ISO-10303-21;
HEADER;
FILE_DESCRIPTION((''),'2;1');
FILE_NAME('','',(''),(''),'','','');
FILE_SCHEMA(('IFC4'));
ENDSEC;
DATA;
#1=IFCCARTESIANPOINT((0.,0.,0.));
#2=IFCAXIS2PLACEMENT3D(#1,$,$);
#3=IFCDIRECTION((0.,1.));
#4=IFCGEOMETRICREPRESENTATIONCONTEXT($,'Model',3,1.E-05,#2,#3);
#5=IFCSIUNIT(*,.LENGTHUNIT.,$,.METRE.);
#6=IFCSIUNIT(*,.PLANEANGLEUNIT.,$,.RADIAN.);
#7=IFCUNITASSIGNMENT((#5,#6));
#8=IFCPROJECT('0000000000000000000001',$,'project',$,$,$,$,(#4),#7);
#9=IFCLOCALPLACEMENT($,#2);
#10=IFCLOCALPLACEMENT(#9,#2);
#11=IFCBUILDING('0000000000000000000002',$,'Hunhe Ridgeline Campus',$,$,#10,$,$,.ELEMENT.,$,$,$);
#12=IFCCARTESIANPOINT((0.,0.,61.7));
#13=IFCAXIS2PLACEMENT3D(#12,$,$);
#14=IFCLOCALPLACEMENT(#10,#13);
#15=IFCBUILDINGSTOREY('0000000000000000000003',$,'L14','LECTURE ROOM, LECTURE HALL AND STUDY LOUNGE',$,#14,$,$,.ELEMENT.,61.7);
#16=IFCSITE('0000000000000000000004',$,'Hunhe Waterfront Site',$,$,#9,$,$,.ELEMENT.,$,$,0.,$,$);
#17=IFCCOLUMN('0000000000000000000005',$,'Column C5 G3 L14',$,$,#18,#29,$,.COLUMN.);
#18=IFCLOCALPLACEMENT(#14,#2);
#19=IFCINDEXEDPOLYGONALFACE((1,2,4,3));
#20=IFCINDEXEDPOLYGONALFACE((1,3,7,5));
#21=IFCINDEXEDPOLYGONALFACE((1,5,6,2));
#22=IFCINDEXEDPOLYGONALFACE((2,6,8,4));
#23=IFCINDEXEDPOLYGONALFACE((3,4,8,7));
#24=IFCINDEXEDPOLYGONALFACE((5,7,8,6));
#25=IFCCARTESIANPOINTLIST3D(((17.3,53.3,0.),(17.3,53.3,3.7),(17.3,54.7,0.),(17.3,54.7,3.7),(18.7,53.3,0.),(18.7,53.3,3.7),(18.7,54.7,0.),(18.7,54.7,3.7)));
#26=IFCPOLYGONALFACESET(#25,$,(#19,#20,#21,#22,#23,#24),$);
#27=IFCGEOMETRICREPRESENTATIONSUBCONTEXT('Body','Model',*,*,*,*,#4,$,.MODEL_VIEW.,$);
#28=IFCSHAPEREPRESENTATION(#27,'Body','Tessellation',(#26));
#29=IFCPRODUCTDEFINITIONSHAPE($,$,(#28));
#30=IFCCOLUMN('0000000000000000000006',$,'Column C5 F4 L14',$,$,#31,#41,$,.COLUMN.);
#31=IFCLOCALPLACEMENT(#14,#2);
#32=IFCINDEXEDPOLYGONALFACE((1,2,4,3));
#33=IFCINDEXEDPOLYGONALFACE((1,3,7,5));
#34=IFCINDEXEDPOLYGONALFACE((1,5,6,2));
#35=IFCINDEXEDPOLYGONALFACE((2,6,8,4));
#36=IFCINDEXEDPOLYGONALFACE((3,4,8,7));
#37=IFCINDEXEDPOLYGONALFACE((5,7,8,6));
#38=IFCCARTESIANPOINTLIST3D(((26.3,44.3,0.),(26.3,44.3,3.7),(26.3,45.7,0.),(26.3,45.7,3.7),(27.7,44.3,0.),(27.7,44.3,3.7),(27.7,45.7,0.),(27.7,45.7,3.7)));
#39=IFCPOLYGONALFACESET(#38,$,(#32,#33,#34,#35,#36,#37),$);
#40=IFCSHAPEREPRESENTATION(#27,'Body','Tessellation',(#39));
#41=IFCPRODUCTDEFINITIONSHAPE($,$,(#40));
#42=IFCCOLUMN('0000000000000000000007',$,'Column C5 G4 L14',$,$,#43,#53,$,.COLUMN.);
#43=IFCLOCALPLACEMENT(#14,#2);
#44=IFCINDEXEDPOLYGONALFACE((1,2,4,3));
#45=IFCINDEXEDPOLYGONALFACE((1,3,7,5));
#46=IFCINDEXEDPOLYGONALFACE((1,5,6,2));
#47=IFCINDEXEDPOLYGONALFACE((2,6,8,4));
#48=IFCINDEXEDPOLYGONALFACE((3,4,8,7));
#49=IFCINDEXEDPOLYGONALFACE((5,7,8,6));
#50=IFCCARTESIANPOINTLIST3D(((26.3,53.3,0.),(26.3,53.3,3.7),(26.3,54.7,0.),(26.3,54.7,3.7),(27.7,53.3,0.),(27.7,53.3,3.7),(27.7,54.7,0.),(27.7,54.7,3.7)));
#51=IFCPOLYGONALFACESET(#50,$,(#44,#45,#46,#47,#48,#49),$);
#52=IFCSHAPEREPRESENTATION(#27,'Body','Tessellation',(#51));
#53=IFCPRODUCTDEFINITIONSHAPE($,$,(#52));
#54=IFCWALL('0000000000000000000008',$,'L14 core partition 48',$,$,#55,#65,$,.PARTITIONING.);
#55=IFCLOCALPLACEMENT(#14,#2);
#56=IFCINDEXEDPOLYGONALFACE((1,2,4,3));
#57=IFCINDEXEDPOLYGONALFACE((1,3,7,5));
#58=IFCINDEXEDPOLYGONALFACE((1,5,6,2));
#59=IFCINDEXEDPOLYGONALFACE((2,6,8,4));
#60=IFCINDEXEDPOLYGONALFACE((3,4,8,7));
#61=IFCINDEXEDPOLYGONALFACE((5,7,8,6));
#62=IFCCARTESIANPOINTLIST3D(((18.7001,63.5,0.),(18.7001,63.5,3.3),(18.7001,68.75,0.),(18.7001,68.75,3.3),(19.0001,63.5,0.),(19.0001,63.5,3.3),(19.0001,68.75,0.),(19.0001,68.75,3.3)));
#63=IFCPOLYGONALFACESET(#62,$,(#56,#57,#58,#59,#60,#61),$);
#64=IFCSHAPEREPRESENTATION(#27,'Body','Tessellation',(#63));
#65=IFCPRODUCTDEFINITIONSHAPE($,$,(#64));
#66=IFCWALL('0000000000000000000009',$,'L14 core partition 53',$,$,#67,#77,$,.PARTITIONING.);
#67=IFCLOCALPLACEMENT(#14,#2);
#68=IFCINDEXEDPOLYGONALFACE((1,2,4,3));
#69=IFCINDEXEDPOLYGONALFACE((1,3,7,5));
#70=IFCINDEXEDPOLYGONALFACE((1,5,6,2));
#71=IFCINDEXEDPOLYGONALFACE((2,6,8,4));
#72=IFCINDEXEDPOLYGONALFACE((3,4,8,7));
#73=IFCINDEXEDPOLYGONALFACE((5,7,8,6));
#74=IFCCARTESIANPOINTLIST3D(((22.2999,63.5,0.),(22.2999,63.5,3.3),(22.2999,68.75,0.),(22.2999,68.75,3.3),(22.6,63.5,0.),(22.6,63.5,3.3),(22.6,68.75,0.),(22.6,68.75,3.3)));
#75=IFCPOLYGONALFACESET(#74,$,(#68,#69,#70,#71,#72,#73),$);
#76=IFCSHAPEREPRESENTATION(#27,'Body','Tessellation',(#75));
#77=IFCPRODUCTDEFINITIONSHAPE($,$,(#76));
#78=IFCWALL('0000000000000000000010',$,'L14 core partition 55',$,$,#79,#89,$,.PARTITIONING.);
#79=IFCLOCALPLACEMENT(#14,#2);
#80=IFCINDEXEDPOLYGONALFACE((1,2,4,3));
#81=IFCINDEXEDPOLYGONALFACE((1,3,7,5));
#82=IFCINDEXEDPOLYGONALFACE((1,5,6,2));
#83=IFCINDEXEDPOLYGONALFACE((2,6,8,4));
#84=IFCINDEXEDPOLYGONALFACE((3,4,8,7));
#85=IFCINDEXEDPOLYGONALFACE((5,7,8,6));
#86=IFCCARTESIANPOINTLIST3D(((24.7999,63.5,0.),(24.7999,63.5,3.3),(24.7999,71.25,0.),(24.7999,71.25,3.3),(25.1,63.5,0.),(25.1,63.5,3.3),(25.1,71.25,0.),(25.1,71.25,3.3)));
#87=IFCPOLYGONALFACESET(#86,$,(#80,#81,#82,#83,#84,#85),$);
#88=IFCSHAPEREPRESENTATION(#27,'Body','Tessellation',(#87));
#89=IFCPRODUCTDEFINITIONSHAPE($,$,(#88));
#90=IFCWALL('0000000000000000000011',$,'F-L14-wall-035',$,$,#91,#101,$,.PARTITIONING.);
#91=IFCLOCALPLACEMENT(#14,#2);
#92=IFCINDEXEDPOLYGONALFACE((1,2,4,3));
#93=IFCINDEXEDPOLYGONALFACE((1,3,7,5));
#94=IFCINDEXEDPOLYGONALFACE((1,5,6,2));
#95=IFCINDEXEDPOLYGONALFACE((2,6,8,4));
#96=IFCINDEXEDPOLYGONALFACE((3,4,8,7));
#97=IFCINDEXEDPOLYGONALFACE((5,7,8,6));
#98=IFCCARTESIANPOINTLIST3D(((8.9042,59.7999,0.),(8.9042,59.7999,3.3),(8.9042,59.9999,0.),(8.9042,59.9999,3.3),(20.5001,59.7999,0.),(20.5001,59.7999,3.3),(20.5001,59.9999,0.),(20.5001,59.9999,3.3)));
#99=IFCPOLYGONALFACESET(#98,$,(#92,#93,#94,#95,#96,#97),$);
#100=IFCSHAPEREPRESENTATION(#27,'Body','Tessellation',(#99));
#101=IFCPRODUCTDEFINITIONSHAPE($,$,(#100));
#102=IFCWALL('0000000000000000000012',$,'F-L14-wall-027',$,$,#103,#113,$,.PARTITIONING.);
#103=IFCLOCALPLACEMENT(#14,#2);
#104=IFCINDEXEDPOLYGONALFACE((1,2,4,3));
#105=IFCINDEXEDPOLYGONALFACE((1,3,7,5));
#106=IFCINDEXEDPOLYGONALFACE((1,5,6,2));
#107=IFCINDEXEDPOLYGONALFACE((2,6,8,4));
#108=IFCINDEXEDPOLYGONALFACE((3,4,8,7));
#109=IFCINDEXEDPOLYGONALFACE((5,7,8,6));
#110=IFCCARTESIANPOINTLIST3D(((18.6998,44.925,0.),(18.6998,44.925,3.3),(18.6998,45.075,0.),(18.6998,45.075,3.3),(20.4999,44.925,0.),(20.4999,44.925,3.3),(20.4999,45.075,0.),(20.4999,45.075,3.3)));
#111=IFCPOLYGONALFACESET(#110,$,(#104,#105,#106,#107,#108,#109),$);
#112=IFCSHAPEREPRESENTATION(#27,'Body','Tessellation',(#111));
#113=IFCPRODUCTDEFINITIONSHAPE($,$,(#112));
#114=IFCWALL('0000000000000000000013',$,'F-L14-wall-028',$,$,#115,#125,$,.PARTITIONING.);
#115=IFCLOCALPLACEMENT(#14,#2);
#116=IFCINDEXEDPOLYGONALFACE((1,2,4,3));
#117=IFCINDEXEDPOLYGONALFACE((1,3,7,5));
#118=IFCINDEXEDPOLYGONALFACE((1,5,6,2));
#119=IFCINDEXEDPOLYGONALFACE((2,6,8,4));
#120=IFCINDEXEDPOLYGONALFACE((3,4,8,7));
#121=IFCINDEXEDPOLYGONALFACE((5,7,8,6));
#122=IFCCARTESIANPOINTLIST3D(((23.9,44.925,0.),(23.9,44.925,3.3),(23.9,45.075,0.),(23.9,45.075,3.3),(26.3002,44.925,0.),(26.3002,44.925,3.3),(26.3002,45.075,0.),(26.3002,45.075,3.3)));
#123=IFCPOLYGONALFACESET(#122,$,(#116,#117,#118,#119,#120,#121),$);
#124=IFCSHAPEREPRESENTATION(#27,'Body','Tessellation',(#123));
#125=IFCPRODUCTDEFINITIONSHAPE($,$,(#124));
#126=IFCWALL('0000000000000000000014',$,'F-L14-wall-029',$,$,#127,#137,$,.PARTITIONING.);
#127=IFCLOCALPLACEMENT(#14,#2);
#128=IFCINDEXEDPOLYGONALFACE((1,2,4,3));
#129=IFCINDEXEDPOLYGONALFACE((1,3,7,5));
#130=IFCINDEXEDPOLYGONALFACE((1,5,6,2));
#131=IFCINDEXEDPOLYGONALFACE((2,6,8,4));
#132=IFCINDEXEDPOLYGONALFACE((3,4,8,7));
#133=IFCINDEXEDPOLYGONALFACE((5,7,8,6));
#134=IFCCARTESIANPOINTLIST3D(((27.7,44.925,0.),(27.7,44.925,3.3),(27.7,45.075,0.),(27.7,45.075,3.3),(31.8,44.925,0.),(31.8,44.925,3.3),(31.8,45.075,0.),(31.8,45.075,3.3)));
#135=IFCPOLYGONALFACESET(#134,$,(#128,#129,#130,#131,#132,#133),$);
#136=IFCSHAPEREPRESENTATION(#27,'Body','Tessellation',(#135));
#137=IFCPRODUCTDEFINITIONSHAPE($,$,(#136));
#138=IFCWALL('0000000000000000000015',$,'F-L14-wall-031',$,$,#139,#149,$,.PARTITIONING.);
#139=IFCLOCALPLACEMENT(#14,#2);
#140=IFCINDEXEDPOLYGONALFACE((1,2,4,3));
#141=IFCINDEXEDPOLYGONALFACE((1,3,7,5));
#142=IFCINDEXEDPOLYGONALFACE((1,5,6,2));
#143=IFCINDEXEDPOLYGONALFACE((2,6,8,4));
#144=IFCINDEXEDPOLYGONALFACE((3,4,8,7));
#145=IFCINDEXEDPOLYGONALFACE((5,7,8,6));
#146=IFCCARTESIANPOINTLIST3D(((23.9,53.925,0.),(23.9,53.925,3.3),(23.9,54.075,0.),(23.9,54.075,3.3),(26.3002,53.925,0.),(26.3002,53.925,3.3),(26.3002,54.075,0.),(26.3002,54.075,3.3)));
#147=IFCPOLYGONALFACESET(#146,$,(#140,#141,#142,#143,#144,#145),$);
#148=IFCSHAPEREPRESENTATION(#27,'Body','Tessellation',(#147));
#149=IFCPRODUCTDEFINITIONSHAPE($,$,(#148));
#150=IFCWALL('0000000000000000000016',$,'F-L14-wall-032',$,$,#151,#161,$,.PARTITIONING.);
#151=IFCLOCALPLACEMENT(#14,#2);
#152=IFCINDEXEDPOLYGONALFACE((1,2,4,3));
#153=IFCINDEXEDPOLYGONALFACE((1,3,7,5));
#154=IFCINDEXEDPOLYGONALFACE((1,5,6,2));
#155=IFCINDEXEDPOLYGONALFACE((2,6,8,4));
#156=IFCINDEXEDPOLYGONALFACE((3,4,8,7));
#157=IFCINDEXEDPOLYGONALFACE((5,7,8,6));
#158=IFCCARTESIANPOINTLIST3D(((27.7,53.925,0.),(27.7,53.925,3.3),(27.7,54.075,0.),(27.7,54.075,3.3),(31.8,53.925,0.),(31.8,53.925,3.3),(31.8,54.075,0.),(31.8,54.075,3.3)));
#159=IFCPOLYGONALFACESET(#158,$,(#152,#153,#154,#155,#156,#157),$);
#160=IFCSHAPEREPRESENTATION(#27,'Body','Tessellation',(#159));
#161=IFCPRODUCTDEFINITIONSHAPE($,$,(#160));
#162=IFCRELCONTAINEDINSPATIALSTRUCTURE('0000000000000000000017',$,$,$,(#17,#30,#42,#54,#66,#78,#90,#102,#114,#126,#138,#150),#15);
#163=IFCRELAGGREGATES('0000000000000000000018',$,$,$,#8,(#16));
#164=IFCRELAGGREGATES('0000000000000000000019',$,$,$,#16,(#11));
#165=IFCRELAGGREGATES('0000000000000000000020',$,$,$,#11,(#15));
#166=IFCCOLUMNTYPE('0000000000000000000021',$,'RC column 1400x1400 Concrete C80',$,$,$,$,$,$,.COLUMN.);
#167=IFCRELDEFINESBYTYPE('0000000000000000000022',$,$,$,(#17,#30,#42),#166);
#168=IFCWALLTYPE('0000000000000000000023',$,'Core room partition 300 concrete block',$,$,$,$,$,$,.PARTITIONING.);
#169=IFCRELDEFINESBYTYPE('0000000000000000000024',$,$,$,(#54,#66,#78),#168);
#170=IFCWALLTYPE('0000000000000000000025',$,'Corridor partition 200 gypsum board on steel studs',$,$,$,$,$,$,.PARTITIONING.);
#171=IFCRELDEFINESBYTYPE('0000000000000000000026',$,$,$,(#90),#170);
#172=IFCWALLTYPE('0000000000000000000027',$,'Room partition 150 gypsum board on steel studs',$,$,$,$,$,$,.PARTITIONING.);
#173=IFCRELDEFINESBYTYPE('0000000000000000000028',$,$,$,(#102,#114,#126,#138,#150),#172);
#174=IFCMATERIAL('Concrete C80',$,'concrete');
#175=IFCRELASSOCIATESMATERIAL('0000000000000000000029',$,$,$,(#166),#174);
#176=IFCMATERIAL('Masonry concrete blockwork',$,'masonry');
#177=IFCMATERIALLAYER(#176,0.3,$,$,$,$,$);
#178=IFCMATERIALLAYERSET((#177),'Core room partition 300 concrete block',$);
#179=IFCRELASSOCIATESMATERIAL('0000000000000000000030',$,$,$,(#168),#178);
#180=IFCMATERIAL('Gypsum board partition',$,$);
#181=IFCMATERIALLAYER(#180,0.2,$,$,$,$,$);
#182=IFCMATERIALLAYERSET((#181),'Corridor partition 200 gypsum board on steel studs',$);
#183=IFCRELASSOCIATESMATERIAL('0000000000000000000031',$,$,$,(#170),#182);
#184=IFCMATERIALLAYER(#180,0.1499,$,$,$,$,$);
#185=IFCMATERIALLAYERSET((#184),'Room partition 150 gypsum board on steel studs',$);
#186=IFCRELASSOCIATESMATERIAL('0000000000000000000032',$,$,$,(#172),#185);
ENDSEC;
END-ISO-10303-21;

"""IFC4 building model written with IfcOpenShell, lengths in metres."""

from ifc_helpers import new_model, si_unit, direction, frame, frame_2d, origin, origin_2d, place, context, subcontext, project, spatial, rectangle, extrude, material, layer, layer_set, material_profile, profile_set, type_object, element, save


model = new_model("IFC4")

# Units and contexts
model_context = context("Model", 3, precision=1e-05, world=origin(), true_north=direction((0.0, 1.0)))
body_context = subcontext(model_context, "Body", "Model", "MODEL_VIEW")
ifc_project = project(units=[si_unit("LENGTHUNIT", "METRE"), si_unit("PLANEANGLEUNIT", "RADIAN")], contexts=[model_context])

# Site, building, storey
site_placement = place(None, origin())
site = spatial("IfcSite", under=ifc_project, at=site_placement, Name="Hunhe Waterfront Site", CompositionType="ELEMENT", RefElevation=0.0)
building_placement = place(site_placement, origin())
building = spatial("IfcBuilding", under=site, at=building_placement, Name="Hunhe Ridgeline Campus", CompositionType="ELEMENT")
storey_placement = place(building_placement, frame((0.0, 0.0, 61.7)))
storey = spatial("IfcBuildingStorey", under=building, at=storey_placement, Name="L14", Description="LECTURE ROOM, LECTURE HALL AND STUDY LOUNGE", CompositionType="ELEMENT", Elevation=61.7)

# Columns
ifc_material_1 = material(Name="Concrete C80", Category="concrete")
ifc_material_profile = material_profile(ifc_material_1, rectangle(XDim=1.3999, YDim=1.3999, at=origin_2d()))
ifc_profile_set = profile_set([ifc_material_profile], Name="Concrete C80")
column_type = type_object("IfcColumnType", Name="RC column 1400x1400 Concrete C80", PredefinedType="COLUMN", material=ifc_profile_set)
for number, where, z_axis, x_axis, name in (
    (1, (18.0, 54.0, 0.0), (0.0, 0.0, 1.0), (1.0, 0.0, 0.0), "Column C5 G3 L14"),
    (2, (27.0, 45.0, 0.0), (0.0, 0.0, 1.0), (1.0, 0.0, 0.0), "Column C5 F4 L14"),
    (3, (27.0, 54.0, 0.0), (0.0, 0.0, 1.0), (1.0, 0.0, 0.0), "Column C5 G4 L14"),
):
    element("IfcColumn", number, at=place(storey_placement, frame(where, z_axis=z_axis, x_axis=x_axis)), inside=storey, type_object=column_type, Name=name, PredefinedType="COLUMN", context=body_context, shape_type="SweptSolid", body=[
        extrude(rectangle(XDim=1.3999, YDim=1.3999, at=origin_2d()), origin(), (0.0, 0.0, 1.0), 3.7),
    ])

# Walls
ifc_material_2 = material(Name="Masonry concrete blockwork", Category="masonry")
ifc_layer_1 = layer(ifc_material_2, 0.3)
ifc_layer_set_1 = layer_set([ifc_layer_1], Name="Core room partition 300 concrete block")
wall_type_1 = type_object("IfcWallType", Name="Core room partition 300 concrete block", PredefinedType="PARTITIONING", material=ifc_layer_set_1)
for number, where, z_axis, x_axis, name in (
    (4, (18.8501, 63.5, 0.0), (0.0, 0.0, 1.0), (0.0, 1.0, 0.0), "L14 core partition 48"),
    (5, (22.45, 63.5, 0.0), (0.0, 0.0, 1.0), (0.0, 1.0, 0.0), "L14 core partition 53"),
):
    element("IfcWall", number, at=place(storey_placement, frame(where, z_axis=z_axis, x_axis=x_axis)), inside=storey, type_object=wall_type_1, Name=name, PredefinedType="PARTITIONING", context=body_context, shape_type="SweptSolid", body=[
        extrude(rectangle(XDim=5.25, YDim=0.3, at=frame_2d((2.625, 0.0))), origin(), (0.0, 0.0, 1.0), 3.3),
    ])
wall_1_placement = place(storey_placement, frame((24.95, 63.5, 0.0), z_axis=(0.0, 0.0, 1.0), x_axis=(0.0, 1.0, 0.0)))
element("IfcWall", 6, at=wall_1_placement, inside=storey, type_object=wall_type_1, Name="L14 core partition 55", PredefinedType="PARTITIONING", context=body_context, shape_type="SweptSolid", body=[
    extrude(rectangle(XDim=7.75, YDim=0.3, at=frame_2d((3.875, 0.0))), origin(), (0.0, 0.0, 1.0), 3.3),
])
ifc_material_3 = material(Name="Gypsum board partition")
ifc_layer_2 = layer(ifc_material_3, 0.2)
ifc_layer_set_2 = layer_set([ifc_layer_2], Name="Corridor partition 200 gypsum board on steel studs")
wall_type_2 = type_object("IfcWallType", Name="Corridor partition 200 gypsum board on steel studs", PredefinedType="PARTITIONING", material=ifc_layer_set_2)
wall_2_placement = place(storey_placement, frame((20.5, 59.8999, 0.0), z_axis=(0.0, 0.0, 1.0), x_axis=(-1.0, 0.0, 0.0)))
element("IfcWall", 7, at=wall_2_placement, inside=storey, type_object=wall_type_2, Name="F-L14-wall-035", PredefinedType="PARTITIONING", context=body_context, shape_type="SweptSolid", body=[
    extrude(rectangle(XDim=11.5959, YDim=0.2, at=frame_2d((5.7979, 0.0))), origin(), (0.0, 0.0, 1.0), 3.3),
])

# Walls
ifc_layer_3 = layer(ifc_material_3, 0.1499)
ifc_layer_set_3 = layer_set([ifc_layer_3], Name="Room partition 150 gypsum board on steel studs")
wall_type_3 = type_object("IfcWallType", Name="Room partition 150 gypsum board on steel studs", PredefinedType="PARTITIONING", material=ifc_layer_set_3)
wall_3_placement = place(storey_placement, frame((18.7, 45.0, 0.0), z_axis=(0.0, 0.0, 1.0), x_axis=(1.0, 0.0, 0.0)))
element("IfcWall", 8, at=wall_3_placement, inside=storey, type_object=wall_type_3, Name="F-L14-wall-027", PredefinedType="PARTITIONING", context=body_context, shape_type="SweptSolid", body=[
    extrude(rectangle(XDim=1.8, YDim=0.1499, at=frame_2d((0.8999, 0.0))), origin(), (0.0, 0.0, 1.0), 3.3),
])
wall_4_placement = place(storey_placement, frame((23.8999, 45.0, 0.0), z_axis=(0.0, 0.0, 1.0), x_axis=(1.0, 0.0, 0.0)))
element("IfcWall", 9, at=wall_4_placement, inside=storey, type_object=wall_type_3, Name="F-L14-wall-028", PredefinedType="PARTITIONING", context=body_context, shape_type="SweptSolid", body=[
    extrude(rectangle(XDim=2.4001, YDim=0.1499, at=frame_2d((1.2002, 0.0))), origin(), (0.0, 0.0, 1.0), 3.3),
])
wall_5_placement = place(storey_placement, frame((27.7, 45.0, 0.0), z_axis=(0.0, 0.0, 1.0), x_axis=(1.0, 0.0, 0.0)))
element("IfcWall", 10, at=wall_5_placement, inside=storey, type_object=wall_type_3, Name="F-L14-wall-029", PredefinedType="PARTITIONING", context=body_context, shape_type="SweptSolid", body=[
    extrude(rectangle(XDim=4.1001, YDim=0.1499, at=frame_2d((2.05, 0.0))), origin(), (0.0, 0.0, 1.0), 3.3),
])
wall_6_placement = place(storey_placement, frame((23.8999, 54.0, 0.0), z_axis=(0.0, 0.0, 1.0), x_axis=(1.0, 0.0, 0.0)))
element("IfcWall", 11, at=wall_6_placement, inside=storey, type_object=wall_type_3, Name="F-L14-wall-031", PredefinedType="PARTITIONING", context=body_context, shape_type="SweptSolid", body=[
    extrude(rectangle(XDim=2.4001, YDim=0.1499, at=frame_2d((1.2002, 0.0))), origin(), (0.0, 0.0, 1.0), 3.3),
])
wall_7_placement = place(storey_placement, frame((27.7, 54.0, 0.0), z_axis=(0.0, 0.0, 1.0), x_axis=(1.0, 0.0, 0.0)))
element("IfcWall", 12, at=wall_7_placement, inside=storey, type_object=wall_type_3, Name="F-L14-wall-032", PredefinedType="PARTITIONING", context=body_context, shape_type="SweptSolid", body=[
    extrude(rectangle(XDim=4.1001, YDim=0.1499, at=frame_2d((2.05, 0.0))), origin(), (0.0, 0.0, 1.0), 3.3),
])

save(model, "model.ifc")
